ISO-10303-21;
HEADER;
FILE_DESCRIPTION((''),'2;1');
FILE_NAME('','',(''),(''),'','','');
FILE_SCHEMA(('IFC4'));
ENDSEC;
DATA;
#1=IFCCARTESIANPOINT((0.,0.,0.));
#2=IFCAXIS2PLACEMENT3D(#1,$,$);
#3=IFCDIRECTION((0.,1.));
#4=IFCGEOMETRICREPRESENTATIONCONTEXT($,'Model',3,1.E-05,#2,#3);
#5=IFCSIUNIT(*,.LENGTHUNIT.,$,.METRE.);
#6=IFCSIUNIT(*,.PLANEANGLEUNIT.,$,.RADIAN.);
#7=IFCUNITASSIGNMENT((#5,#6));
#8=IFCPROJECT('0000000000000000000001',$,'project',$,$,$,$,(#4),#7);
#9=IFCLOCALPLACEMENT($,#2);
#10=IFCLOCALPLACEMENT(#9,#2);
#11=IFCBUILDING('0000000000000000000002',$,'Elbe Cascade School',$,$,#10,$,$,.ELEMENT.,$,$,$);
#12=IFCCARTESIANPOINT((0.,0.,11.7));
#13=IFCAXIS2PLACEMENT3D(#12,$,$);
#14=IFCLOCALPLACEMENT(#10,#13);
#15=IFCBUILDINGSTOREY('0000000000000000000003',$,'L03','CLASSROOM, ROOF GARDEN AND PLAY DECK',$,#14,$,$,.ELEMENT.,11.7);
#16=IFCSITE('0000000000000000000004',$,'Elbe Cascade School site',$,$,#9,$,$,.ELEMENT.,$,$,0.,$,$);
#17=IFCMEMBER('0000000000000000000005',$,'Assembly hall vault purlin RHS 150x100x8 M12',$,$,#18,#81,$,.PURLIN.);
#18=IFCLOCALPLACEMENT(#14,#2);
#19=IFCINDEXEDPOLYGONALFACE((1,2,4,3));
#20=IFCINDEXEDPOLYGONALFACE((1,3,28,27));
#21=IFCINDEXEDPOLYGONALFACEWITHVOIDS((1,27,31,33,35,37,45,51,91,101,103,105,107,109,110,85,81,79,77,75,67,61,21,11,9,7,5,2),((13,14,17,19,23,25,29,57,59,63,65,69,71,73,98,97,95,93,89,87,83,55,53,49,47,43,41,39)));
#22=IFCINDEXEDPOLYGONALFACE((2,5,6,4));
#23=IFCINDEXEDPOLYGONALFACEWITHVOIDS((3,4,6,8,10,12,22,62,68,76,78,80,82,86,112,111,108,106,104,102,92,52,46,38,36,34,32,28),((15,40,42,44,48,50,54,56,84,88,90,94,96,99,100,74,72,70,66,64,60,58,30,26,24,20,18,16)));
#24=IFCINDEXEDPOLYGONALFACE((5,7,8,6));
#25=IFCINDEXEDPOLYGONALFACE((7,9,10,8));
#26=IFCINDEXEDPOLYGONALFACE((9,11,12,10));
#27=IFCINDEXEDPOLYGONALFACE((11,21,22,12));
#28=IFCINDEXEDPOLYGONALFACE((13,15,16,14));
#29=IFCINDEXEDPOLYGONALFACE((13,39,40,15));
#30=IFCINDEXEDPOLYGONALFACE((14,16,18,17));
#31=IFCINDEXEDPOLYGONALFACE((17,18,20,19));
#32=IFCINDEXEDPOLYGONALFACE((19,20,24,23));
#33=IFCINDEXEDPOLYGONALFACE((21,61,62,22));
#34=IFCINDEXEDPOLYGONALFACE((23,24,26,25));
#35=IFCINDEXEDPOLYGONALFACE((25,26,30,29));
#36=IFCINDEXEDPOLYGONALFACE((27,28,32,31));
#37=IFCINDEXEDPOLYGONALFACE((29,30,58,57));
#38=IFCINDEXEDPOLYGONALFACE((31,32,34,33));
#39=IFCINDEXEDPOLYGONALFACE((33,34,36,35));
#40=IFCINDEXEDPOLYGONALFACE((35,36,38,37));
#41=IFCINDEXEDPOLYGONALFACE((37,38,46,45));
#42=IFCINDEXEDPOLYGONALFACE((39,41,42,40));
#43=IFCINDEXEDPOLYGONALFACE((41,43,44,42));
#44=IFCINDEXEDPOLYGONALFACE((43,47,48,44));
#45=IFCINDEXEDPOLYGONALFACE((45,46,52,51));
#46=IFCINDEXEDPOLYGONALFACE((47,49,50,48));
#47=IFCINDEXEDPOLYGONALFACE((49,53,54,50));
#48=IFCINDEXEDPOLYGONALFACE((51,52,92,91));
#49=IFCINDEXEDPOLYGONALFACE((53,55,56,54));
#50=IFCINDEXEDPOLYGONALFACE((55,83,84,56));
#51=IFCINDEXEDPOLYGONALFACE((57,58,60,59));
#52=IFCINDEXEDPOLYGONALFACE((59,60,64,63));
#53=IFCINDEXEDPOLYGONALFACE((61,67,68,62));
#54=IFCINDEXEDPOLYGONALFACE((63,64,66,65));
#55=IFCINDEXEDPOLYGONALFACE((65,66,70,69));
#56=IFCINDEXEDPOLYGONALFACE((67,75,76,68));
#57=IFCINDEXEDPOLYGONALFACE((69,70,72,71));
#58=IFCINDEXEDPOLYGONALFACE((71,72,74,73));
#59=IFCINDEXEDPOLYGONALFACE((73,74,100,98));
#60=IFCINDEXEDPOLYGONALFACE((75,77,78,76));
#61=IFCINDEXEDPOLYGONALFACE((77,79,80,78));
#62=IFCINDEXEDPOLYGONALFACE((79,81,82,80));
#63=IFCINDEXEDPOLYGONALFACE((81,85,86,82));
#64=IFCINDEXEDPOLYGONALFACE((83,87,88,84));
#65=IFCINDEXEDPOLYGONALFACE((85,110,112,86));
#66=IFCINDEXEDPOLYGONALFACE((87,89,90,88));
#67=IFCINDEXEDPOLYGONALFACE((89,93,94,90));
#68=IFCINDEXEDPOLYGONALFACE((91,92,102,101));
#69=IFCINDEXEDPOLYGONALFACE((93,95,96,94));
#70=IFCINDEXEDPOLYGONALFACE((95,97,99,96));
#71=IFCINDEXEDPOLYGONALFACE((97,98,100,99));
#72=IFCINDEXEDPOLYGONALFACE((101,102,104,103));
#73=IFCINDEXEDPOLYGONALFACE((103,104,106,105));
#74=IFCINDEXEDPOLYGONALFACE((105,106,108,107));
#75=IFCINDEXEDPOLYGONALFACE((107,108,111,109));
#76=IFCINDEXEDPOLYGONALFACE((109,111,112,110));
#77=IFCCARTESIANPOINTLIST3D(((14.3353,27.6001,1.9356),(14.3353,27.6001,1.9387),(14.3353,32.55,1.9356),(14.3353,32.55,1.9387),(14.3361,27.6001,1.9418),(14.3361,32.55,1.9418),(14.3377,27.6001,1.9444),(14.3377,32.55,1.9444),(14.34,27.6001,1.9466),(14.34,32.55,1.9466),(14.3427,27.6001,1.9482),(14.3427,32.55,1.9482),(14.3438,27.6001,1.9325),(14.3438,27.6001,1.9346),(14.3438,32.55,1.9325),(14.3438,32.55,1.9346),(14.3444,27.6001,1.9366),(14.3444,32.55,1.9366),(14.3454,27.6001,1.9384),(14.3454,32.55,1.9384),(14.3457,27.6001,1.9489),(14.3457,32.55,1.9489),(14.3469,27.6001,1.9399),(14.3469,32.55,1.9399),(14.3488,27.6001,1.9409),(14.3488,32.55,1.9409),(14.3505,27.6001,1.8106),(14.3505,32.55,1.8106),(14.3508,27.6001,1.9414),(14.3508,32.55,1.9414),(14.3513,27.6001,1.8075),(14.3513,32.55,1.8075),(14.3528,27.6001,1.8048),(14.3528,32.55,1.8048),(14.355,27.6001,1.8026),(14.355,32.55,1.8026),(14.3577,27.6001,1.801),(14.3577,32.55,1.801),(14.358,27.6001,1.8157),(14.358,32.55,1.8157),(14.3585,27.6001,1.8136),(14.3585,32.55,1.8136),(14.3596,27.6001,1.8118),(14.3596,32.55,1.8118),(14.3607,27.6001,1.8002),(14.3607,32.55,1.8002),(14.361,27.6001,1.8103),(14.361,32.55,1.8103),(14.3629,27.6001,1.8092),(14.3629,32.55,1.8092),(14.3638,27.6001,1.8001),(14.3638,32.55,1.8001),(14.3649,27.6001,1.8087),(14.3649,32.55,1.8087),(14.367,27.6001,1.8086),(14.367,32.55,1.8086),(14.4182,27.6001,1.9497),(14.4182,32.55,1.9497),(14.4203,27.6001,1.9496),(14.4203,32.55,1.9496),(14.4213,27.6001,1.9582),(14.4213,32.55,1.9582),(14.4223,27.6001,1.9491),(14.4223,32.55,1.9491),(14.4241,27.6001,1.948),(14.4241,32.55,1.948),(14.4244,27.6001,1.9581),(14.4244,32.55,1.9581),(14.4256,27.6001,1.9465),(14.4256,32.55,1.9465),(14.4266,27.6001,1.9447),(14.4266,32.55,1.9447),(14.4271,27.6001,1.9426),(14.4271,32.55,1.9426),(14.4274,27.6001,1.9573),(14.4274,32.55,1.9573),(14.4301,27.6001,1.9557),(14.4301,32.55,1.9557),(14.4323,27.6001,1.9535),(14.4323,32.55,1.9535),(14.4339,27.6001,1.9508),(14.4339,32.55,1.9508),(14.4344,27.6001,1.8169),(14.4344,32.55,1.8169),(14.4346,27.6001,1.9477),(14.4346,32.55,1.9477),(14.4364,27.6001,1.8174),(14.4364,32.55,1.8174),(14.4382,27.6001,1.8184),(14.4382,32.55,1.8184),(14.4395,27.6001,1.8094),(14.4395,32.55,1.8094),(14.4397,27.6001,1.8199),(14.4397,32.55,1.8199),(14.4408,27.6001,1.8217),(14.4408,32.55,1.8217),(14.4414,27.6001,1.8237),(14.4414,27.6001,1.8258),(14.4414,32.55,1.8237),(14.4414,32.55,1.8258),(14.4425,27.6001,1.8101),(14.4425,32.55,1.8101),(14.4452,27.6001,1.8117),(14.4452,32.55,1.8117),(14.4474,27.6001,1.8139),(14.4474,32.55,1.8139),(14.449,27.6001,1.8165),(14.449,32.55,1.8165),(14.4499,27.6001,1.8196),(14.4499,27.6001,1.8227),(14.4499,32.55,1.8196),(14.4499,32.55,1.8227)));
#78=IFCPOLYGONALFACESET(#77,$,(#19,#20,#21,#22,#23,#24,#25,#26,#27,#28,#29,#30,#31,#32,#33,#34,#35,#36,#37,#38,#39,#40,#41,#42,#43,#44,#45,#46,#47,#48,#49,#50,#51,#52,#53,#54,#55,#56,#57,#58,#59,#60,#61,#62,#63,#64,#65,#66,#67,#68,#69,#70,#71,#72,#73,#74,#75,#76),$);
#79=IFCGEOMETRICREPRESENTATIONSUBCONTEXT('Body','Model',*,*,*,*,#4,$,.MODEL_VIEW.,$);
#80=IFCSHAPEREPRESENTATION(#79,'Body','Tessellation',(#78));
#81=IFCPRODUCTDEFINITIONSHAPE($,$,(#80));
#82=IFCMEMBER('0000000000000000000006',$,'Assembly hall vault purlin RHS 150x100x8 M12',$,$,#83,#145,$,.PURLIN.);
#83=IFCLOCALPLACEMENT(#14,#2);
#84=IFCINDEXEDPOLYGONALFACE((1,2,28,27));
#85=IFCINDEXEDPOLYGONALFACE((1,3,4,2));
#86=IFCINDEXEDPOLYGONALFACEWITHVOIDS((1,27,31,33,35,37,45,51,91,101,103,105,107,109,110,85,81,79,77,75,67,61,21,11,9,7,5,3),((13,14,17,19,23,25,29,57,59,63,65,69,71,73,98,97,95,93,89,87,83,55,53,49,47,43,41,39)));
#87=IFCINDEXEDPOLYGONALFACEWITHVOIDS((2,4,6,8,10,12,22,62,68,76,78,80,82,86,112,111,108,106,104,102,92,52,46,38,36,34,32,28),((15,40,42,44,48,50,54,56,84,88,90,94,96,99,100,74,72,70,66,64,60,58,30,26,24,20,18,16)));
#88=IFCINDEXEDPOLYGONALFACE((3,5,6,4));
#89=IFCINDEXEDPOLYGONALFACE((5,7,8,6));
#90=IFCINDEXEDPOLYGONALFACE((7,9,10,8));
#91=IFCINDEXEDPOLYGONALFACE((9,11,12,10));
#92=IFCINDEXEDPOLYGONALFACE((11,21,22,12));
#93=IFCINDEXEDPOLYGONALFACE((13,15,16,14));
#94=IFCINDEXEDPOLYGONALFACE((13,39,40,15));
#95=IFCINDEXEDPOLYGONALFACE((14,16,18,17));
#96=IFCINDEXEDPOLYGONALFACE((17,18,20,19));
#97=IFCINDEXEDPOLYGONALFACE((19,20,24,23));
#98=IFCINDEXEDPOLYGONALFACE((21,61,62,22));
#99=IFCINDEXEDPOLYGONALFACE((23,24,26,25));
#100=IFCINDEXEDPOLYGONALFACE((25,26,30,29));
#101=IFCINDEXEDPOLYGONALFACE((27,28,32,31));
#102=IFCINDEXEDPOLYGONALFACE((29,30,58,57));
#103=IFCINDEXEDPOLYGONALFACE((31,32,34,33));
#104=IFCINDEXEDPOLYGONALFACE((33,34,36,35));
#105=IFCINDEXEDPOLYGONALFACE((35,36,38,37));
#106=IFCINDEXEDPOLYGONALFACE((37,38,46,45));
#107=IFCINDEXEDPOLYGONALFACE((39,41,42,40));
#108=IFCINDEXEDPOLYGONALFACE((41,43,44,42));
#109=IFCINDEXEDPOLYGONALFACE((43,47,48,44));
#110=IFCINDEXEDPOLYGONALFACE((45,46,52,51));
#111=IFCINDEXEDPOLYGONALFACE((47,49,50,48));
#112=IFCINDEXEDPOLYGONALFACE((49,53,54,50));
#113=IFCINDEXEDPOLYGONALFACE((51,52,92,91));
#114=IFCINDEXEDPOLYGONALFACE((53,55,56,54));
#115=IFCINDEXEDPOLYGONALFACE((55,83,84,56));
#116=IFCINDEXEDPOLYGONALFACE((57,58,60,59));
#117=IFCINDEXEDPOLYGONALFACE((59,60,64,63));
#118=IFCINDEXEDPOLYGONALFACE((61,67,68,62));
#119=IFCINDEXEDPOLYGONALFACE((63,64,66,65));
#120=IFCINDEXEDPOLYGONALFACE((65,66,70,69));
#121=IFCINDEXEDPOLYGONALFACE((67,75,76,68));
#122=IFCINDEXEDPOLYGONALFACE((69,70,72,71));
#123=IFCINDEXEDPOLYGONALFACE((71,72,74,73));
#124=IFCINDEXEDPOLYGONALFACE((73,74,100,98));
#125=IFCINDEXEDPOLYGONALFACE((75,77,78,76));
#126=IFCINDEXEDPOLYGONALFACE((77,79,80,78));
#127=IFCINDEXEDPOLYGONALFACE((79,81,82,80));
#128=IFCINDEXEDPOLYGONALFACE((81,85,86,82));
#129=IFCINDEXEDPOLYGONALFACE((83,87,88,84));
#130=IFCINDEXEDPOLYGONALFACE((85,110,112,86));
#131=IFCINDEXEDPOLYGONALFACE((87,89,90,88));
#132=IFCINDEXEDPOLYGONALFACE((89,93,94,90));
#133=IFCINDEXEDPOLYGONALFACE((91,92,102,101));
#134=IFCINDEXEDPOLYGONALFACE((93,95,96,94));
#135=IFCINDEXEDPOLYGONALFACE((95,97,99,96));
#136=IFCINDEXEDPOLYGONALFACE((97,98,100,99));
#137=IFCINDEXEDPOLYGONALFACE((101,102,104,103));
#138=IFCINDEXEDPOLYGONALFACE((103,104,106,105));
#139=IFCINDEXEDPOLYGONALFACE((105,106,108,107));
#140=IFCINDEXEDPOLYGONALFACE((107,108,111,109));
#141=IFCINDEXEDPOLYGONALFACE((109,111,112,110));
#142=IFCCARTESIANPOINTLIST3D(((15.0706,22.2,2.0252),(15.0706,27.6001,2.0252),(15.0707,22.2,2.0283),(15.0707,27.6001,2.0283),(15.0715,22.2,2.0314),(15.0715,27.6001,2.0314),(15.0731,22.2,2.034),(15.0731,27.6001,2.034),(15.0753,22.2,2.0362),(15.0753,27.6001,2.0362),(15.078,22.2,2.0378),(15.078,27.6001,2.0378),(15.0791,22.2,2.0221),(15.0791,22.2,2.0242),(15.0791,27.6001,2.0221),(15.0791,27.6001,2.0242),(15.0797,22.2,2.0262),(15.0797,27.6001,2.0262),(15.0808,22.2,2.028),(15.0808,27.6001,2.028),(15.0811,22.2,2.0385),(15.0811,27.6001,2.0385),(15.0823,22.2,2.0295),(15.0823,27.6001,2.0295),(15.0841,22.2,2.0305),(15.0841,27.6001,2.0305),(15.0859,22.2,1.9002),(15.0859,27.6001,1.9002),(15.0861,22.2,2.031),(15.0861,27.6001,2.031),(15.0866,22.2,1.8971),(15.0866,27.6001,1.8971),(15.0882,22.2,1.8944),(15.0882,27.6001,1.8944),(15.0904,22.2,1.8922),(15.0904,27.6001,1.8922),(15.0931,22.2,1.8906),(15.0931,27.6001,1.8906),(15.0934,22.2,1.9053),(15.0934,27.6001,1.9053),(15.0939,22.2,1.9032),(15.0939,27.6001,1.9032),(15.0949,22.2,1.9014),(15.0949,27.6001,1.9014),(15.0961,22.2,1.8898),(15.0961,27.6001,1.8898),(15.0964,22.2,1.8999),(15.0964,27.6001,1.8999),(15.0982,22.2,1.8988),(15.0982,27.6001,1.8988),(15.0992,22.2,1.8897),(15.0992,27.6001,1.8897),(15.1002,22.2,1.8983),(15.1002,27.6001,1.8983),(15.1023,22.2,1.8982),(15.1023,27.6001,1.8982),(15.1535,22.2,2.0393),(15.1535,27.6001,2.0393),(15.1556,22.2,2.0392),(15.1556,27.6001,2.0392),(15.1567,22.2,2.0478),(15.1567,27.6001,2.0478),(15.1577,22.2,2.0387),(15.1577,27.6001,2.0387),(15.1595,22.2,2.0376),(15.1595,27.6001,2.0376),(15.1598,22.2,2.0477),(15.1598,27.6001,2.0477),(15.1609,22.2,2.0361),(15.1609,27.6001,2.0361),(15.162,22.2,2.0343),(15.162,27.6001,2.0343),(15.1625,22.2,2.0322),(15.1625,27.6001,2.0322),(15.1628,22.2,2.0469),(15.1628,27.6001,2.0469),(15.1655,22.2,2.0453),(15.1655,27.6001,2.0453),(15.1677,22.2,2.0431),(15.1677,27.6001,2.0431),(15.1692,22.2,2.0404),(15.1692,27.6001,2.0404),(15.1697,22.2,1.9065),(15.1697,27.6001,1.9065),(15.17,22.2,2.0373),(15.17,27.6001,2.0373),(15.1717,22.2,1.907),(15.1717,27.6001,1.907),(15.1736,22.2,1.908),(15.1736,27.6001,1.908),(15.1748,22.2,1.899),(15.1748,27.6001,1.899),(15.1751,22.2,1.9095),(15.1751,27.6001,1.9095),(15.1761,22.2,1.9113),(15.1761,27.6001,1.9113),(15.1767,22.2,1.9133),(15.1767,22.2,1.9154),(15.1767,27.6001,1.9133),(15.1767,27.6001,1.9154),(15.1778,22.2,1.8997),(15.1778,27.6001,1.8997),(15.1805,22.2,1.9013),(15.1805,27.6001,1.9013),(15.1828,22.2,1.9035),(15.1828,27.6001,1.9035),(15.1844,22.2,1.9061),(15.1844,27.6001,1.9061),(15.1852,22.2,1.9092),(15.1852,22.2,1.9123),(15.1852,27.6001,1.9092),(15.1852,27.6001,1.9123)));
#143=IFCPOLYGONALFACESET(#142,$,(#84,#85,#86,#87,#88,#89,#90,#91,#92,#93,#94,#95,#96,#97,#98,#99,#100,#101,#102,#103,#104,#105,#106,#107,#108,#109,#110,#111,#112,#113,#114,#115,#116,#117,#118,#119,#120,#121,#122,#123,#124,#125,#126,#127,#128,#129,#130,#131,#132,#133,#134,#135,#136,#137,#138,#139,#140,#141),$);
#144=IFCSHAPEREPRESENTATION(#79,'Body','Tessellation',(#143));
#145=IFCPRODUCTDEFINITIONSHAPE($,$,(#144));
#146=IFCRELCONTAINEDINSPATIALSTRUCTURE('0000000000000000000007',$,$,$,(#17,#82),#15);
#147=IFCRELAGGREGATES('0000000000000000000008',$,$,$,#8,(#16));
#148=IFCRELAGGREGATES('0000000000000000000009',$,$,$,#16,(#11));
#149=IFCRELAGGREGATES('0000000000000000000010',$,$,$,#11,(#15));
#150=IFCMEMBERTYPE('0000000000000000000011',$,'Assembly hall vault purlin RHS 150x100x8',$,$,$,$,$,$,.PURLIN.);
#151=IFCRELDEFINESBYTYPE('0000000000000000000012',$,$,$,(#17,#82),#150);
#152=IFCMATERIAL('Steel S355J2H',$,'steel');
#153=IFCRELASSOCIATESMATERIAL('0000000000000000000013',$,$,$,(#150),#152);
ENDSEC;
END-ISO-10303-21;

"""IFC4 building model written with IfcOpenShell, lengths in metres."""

from ifc_helpers import new_model, si_unit, direction, frame, origin, origin_2d, place, context, subcontext, project, spatial, hollow_rectangle, extrude, material, material_profile, profile_set, type_object, element, save


model = new_model("IFC4")

# Units and contexts
model_context = context("Model", 3, precision=1e-05, world=origin(), true_north=direction((0.0, 1.0)))
body_context = subcontext(model_context, "Body", "Model", "MODEL_VIEW")
ifc_project = project(units=[si_unit("LENGTHUNIT", "METRE"), si_unit("PLANEANGLEUNIT", "RADIAN")], contexts=[model_context])

# Site, building, storey
site_placement = place(None, origin())
site = spatial("IfcSite", under=ifc_project, at=site_placement, Name="Elbe Cascade School site", CompositionType="ELEMENT", RefElevation=0.0)
building_placement = place(site_placement, origin())
building = spatial("IfcBuilding", under=site, at=building_placement, Name="Elbe Cascade School", CompositionType="ELEMENT")
storey_placement = place(building_placement, frame((0.0, 0.0, 11.7)))
storey = spatial("IfcBuildingStorey", under=building, at=storey_placement, Name="L03", Description="CLASSROOM, ROOF GARDEN AND PLAY DECK", CompositionType="ELEMENT", Elevation=11.7)

# Members
ifc_material_1 = material(Name="Steel S355J2H", Category="steel")
ifc_material_profile_1 = material_profile(ifc_material_1, hollow_rectangle(XDim=0.1001, YDim=0.1499, WallThickness=0.0081, InnerFilletRadius=0.0081, OuterFilletRadius=0.012, at=origin_2d()), Name="RHS 150x100x8")
ifc_profile_set_1 = profile_set([ifc_material_profile_1], Name="Steel S355J2H")
member_type_1 = type_object("IfcMemberType", Name="Assembly hall vault purlin RHS 150x100x8", PredefinedType="PURLIN", material=ifc_profile_set_1)
member_1_placement = place(storey_placement, frame((14.3926, 27.6001, 1.8792), z_axis=(0.0, 1.0, 0.0), x_axis=(-0.992652, 0.0, -0.121003)))
element("IfcMember", 1, at=member_1_placement, inside=storey, type_object=member_type_1, Name="Assembly hall vault purlin RHS 150x100x8 M12", PredefinedType="PURLIN", context=body_context, shape_type="SweptSolid", body=[
    extrude(hollow_rectangle(XDim=0.1001, YDim=0.1499, WallThickness=0.0081, InnerFilletRadius=0.0081, OuterFilletRadius=0.012, at=origin_2d()), origin(), (0.0, 0.0, 1.0), 4.95),
])
member_2_placement = place(storey_placement, frame((15.1279, 22.2, 1.9688), z_axis=(0.0, 1.0, 0.0), x_axis=(-0.992652, 0.0, -0.121003)))
element("IfcMember", 2, at=member_2_placement, inside=storey, type_object=member_type_1, Name="Assembly hall vault purlin RHS 150x100x8 M12", PredefinedType="PURLIN", context=body_context, shape_type="SweptSolid", body=[
    extrude(hollow_rectangle(XDim=0.1001, YDim=0.1499, WallThickness=0.0081, InnerFilletRadius=0.0081, OuterFilletRadius=0.012, at=origin_2d()), origin(), (0.0, 0.0, 1.0), 5.4001),
])

save(model, "model.ifc")
